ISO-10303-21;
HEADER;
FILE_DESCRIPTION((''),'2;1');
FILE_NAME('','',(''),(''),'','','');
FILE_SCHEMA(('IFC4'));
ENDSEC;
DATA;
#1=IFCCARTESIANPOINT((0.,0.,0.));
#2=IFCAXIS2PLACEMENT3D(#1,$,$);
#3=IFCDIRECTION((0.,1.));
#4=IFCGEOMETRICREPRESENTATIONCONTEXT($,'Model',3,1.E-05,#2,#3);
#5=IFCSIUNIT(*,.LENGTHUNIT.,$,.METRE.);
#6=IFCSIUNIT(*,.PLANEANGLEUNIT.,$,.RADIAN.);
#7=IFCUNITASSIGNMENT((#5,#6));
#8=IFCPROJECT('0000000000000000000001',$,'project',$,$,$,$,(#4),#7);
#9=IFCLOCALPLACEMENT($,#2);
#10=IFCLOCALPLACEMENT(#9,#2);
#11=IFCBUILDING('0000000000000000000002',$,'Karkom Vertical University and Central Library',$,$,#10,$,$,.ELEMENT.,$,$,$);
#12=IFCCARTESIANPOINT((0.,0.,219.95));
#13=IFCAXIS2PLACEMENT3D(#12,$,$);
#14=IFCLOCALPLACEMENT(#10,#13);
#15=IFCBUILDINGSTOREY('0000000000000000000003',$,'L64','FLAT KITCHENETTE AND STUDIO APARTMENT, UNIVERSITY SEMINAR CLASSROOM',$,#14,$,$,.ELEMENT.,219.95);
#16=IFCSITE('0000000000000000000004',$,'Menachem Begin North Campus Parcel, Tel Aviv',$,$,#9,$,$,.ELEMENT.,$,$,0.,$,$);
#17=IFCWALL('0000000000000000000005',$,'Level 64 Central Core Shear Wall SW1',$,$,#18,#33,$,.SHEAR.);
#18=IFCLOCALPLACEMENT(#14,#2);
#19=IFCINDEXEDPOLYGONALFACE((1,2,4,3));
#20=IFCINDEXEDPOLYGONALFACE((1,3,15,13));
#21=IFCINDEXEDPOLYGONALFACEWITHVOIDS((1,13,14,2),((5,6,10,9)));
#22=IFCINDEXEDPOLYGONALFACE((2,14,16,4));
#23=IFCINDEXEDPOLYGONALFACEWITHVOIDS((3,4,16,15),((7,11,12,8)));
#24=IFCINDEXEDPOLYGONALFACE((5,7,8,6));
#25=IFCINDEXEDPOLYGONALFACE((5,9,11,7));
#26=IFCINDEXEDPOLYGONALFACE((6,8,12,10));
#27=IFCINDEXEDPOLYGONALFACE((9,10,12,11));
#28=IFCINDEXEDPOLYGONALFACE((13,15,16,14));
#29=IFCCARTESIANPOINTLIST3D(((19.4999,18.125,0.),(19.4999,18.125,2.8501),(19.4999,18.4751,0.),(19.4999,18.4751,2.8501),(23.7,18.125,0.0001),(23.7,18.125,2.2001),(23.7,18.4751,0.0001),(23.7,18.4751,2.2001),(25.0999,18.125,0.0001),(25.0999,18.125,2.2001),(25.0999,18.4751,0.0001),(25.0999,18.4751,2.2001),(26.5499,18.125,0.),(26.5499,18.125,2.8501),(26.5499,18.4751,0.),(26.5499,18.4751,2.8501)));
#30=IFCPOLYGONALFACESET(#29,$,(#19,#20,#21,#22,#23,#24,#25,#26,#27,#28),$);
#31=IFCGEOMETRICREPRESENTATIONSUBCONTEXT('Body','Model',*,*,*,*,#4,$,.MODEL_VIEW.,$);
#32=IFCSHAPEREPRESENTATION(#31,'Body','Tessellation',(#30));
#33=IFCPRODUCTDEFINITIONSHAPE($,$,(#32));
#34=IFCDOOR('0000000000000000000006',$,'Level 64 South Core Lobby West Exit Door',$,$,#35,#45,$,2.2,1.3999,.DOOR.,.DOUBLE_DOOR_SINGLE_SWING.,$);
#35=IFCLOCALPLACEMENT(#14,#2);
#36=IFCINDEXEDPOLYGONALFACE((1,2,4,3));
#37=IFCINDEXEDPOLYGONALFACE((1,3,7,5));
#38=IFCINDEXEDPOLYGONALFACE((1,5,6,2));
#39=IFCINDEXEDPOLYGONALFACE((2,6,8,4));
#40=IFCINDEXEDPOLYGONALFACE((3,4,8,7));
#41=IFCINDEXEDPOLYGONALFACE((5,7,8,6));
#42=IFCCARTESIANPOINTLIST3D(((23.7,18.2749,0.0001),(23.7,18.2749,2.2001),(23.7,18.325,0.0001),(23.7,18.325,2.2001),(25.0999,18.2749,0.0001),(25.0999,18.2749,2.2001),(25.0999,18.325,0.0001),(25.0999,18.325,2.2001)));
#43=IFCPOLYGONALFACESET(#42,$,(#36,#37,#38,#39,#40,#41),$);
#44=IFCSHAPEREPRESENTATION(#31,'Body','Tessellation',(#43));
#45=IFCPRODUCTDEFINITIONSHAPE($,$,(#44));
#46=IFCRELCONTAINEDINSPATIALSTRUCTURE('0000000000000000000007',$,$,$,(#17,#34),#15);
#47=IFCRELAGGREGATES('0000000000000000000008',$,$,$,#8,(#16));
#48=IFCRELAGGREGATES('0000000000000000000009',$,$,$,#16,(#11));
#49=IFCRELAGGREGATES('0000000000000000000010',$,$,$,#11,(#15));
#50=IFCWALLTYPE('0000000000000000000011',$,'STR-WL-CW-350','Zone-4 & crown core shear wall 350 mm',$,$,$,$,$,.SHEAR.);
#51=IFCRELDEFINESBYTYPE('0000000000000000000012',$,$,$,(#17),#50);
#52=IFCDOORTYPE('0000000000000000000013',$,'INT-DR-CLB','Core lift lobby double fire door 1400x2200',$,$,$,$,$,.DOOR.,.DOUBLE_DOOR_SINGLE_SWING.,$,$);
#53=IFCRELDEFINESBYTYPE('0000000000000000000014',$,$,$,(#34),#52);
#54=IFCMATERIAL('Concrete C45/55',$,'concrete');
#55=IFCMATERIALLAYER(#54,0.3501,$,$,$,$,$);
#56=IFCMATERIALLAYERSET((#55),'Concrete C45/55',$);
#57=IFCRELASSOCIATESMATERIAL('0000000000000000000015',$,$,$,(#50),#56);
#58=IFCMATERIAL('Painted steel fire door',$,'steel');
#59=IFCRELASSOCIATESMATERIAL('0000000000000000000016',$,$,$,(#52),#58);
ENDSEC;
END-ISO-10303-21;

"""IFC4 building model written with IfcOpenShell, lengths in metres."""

from ifc_helpers import new_model, si_unit, direction, frame, frame_2d, origin, origin_with_axes, place, context, subcontext, project, spatial, rectangle, extrude, source, transform, mapped, material, layer, layer_set, type_object, element, fill, save


model = new_model("IFC4")

# Units and contexts
model_context = context("Model", 3, precision=1e-05, world=origin(), true_north=direction((0.0, 1.0)))
body_context = subcontext(model_context, "Body", "Model", "MODEL_VIEW")
ifc_project = project(units=[si_unit("LENGTHUNIT", "METRE"), si_unit("PLANEANGLEUNIT", "RADIAN")], contexts=[model_context])

# Site, building, storey
site_placement = place(None, origin())
site = spatial("IfcSite", under=ifc_project, at=site_placement, Name="Menachem Begin North Campus Parcel, Tel Aviv", CompositionType="ELEMENT", RefElevation=0.0)
building_placement = place(site_placement, origin())
building = spatial("IfcBuilding", under=site, at=building_placement, Name="Karkom Vertical University and Central Library", CompositionType="ELEMENT")
storey_placement = place(building_placement, frame((0.0, 0.0, 219.95)))
storey = spatial("IfcBuildingStorey", under=building, at=storey_placement, Name="L64", Description="FLAT KITCHENETTE AND STUDIO APARTMENT, UNIVERSITY SEMINAR CLASSROOM", CompositionType="ELEMENT", Elevation=219.95)

# Shared definitions
ifc_material_1 = material(Name="Concrete C45/55", Category="concrete")

# Wall, opening, door
ifc_layer_1 = layer(ifc_material_1, 0.3501)
ifc_layer_set_1 = layer_set([ifc_layer_1], Name="Concrete C45/55")
wall_type_1 = type_object("IfcWallType", Name="STR-WL-CW-350", Description="Zone-4 & crown core shear wall 350 mm", PredefinedType="SHEAR", material=ifc_layer_set_1)
wall_1_placement = place(storey_placement, frame((19.5, 18.3, 0.0), z_axis=(0.0, 0.0, 1.0), x_axis=(1.0, 0.0, 0.0)))
wall_1 = element("IfcWall", 1, at=wall_1_placement, inside=storey, type_object=wall_type_1, Name="Level 64 Central Core Shear Wall SW1", PredefinedType="SHEAR", context=body_context, shape_type="SweptSolid", body=[
    extrude(rectangle(XDim=7.05, YDim=0.3501, at=frame_2d((3.5249, 0.0))), origin(), (0.0, 0.0, 1.0), 2.8501),
])
opening_1_placement = place(wall_1_placement, frame((4.2, 0.0, 0.0)))
opening_1 = element("IfcOpeningElement", 2, at=opening_1_placement, cuts=wall_1, PredefinedType="OPENING", context=body_context, shape_type="SweptSolid", body=[
    extrude(rectangle(XDim=1.3999, YDim=2.2, at=frame_2d((0.7, 1.1001))), frame((0.0, 0.1851, 0.0), z_axis=(0.0, -1.0, 0.0), x_axis=(1.0, 0.0, 0.0)), (0.0, 0.0, 1.0), 0.3701),
])
ifc_material_2 = material(Name="Painted steel fire door", Category="steel")
door_type_1 = type_object("IfcDoorType", Name="INT-DR-CLB", Description="Core lift lobby double fire door 1400x2200", OperationType="DOUBLE_DOOR_SINGLE_SWING", PredefinedType="DOOR", material=ifc_material_2)
shared_shape_1 = source(origin_with_axes(), body_context, "Body", "SweptSolid", [
    extrude(rectangle(XDim=1.3999, YDim=2.2, at=frame_2d((0.7, 1.1001))), frame((0.0, 0.0249, 0.0), z_axis=(0.0, -1.0, 0.0), x_axis=(1.0, 0.0, 0.0)), (0.0, 0.0, 1.0), 0.05),
])
door_1_placement = place(opening_1_placement, origin())
door_1 = element("IfcDoor", 3, at=door_1_placement, inside=storey, type_object=door_type_1, Name="Level 64 South Core Lobby West Exit Door", OperationType="DOUBLE_DOOR_SINGLE_SWING", OverallHeight=2.2, OverallWidth=1.3999, PredefinedType="DOOR", context=body_context, shape_type="MappedRepresentation", body=[
    mapped(shared_shape_1, transform((0.0, 0.0, 0.0), scale=1.0)),
])
fill(opening_1, door_1)

save(model, "model.ifc")
